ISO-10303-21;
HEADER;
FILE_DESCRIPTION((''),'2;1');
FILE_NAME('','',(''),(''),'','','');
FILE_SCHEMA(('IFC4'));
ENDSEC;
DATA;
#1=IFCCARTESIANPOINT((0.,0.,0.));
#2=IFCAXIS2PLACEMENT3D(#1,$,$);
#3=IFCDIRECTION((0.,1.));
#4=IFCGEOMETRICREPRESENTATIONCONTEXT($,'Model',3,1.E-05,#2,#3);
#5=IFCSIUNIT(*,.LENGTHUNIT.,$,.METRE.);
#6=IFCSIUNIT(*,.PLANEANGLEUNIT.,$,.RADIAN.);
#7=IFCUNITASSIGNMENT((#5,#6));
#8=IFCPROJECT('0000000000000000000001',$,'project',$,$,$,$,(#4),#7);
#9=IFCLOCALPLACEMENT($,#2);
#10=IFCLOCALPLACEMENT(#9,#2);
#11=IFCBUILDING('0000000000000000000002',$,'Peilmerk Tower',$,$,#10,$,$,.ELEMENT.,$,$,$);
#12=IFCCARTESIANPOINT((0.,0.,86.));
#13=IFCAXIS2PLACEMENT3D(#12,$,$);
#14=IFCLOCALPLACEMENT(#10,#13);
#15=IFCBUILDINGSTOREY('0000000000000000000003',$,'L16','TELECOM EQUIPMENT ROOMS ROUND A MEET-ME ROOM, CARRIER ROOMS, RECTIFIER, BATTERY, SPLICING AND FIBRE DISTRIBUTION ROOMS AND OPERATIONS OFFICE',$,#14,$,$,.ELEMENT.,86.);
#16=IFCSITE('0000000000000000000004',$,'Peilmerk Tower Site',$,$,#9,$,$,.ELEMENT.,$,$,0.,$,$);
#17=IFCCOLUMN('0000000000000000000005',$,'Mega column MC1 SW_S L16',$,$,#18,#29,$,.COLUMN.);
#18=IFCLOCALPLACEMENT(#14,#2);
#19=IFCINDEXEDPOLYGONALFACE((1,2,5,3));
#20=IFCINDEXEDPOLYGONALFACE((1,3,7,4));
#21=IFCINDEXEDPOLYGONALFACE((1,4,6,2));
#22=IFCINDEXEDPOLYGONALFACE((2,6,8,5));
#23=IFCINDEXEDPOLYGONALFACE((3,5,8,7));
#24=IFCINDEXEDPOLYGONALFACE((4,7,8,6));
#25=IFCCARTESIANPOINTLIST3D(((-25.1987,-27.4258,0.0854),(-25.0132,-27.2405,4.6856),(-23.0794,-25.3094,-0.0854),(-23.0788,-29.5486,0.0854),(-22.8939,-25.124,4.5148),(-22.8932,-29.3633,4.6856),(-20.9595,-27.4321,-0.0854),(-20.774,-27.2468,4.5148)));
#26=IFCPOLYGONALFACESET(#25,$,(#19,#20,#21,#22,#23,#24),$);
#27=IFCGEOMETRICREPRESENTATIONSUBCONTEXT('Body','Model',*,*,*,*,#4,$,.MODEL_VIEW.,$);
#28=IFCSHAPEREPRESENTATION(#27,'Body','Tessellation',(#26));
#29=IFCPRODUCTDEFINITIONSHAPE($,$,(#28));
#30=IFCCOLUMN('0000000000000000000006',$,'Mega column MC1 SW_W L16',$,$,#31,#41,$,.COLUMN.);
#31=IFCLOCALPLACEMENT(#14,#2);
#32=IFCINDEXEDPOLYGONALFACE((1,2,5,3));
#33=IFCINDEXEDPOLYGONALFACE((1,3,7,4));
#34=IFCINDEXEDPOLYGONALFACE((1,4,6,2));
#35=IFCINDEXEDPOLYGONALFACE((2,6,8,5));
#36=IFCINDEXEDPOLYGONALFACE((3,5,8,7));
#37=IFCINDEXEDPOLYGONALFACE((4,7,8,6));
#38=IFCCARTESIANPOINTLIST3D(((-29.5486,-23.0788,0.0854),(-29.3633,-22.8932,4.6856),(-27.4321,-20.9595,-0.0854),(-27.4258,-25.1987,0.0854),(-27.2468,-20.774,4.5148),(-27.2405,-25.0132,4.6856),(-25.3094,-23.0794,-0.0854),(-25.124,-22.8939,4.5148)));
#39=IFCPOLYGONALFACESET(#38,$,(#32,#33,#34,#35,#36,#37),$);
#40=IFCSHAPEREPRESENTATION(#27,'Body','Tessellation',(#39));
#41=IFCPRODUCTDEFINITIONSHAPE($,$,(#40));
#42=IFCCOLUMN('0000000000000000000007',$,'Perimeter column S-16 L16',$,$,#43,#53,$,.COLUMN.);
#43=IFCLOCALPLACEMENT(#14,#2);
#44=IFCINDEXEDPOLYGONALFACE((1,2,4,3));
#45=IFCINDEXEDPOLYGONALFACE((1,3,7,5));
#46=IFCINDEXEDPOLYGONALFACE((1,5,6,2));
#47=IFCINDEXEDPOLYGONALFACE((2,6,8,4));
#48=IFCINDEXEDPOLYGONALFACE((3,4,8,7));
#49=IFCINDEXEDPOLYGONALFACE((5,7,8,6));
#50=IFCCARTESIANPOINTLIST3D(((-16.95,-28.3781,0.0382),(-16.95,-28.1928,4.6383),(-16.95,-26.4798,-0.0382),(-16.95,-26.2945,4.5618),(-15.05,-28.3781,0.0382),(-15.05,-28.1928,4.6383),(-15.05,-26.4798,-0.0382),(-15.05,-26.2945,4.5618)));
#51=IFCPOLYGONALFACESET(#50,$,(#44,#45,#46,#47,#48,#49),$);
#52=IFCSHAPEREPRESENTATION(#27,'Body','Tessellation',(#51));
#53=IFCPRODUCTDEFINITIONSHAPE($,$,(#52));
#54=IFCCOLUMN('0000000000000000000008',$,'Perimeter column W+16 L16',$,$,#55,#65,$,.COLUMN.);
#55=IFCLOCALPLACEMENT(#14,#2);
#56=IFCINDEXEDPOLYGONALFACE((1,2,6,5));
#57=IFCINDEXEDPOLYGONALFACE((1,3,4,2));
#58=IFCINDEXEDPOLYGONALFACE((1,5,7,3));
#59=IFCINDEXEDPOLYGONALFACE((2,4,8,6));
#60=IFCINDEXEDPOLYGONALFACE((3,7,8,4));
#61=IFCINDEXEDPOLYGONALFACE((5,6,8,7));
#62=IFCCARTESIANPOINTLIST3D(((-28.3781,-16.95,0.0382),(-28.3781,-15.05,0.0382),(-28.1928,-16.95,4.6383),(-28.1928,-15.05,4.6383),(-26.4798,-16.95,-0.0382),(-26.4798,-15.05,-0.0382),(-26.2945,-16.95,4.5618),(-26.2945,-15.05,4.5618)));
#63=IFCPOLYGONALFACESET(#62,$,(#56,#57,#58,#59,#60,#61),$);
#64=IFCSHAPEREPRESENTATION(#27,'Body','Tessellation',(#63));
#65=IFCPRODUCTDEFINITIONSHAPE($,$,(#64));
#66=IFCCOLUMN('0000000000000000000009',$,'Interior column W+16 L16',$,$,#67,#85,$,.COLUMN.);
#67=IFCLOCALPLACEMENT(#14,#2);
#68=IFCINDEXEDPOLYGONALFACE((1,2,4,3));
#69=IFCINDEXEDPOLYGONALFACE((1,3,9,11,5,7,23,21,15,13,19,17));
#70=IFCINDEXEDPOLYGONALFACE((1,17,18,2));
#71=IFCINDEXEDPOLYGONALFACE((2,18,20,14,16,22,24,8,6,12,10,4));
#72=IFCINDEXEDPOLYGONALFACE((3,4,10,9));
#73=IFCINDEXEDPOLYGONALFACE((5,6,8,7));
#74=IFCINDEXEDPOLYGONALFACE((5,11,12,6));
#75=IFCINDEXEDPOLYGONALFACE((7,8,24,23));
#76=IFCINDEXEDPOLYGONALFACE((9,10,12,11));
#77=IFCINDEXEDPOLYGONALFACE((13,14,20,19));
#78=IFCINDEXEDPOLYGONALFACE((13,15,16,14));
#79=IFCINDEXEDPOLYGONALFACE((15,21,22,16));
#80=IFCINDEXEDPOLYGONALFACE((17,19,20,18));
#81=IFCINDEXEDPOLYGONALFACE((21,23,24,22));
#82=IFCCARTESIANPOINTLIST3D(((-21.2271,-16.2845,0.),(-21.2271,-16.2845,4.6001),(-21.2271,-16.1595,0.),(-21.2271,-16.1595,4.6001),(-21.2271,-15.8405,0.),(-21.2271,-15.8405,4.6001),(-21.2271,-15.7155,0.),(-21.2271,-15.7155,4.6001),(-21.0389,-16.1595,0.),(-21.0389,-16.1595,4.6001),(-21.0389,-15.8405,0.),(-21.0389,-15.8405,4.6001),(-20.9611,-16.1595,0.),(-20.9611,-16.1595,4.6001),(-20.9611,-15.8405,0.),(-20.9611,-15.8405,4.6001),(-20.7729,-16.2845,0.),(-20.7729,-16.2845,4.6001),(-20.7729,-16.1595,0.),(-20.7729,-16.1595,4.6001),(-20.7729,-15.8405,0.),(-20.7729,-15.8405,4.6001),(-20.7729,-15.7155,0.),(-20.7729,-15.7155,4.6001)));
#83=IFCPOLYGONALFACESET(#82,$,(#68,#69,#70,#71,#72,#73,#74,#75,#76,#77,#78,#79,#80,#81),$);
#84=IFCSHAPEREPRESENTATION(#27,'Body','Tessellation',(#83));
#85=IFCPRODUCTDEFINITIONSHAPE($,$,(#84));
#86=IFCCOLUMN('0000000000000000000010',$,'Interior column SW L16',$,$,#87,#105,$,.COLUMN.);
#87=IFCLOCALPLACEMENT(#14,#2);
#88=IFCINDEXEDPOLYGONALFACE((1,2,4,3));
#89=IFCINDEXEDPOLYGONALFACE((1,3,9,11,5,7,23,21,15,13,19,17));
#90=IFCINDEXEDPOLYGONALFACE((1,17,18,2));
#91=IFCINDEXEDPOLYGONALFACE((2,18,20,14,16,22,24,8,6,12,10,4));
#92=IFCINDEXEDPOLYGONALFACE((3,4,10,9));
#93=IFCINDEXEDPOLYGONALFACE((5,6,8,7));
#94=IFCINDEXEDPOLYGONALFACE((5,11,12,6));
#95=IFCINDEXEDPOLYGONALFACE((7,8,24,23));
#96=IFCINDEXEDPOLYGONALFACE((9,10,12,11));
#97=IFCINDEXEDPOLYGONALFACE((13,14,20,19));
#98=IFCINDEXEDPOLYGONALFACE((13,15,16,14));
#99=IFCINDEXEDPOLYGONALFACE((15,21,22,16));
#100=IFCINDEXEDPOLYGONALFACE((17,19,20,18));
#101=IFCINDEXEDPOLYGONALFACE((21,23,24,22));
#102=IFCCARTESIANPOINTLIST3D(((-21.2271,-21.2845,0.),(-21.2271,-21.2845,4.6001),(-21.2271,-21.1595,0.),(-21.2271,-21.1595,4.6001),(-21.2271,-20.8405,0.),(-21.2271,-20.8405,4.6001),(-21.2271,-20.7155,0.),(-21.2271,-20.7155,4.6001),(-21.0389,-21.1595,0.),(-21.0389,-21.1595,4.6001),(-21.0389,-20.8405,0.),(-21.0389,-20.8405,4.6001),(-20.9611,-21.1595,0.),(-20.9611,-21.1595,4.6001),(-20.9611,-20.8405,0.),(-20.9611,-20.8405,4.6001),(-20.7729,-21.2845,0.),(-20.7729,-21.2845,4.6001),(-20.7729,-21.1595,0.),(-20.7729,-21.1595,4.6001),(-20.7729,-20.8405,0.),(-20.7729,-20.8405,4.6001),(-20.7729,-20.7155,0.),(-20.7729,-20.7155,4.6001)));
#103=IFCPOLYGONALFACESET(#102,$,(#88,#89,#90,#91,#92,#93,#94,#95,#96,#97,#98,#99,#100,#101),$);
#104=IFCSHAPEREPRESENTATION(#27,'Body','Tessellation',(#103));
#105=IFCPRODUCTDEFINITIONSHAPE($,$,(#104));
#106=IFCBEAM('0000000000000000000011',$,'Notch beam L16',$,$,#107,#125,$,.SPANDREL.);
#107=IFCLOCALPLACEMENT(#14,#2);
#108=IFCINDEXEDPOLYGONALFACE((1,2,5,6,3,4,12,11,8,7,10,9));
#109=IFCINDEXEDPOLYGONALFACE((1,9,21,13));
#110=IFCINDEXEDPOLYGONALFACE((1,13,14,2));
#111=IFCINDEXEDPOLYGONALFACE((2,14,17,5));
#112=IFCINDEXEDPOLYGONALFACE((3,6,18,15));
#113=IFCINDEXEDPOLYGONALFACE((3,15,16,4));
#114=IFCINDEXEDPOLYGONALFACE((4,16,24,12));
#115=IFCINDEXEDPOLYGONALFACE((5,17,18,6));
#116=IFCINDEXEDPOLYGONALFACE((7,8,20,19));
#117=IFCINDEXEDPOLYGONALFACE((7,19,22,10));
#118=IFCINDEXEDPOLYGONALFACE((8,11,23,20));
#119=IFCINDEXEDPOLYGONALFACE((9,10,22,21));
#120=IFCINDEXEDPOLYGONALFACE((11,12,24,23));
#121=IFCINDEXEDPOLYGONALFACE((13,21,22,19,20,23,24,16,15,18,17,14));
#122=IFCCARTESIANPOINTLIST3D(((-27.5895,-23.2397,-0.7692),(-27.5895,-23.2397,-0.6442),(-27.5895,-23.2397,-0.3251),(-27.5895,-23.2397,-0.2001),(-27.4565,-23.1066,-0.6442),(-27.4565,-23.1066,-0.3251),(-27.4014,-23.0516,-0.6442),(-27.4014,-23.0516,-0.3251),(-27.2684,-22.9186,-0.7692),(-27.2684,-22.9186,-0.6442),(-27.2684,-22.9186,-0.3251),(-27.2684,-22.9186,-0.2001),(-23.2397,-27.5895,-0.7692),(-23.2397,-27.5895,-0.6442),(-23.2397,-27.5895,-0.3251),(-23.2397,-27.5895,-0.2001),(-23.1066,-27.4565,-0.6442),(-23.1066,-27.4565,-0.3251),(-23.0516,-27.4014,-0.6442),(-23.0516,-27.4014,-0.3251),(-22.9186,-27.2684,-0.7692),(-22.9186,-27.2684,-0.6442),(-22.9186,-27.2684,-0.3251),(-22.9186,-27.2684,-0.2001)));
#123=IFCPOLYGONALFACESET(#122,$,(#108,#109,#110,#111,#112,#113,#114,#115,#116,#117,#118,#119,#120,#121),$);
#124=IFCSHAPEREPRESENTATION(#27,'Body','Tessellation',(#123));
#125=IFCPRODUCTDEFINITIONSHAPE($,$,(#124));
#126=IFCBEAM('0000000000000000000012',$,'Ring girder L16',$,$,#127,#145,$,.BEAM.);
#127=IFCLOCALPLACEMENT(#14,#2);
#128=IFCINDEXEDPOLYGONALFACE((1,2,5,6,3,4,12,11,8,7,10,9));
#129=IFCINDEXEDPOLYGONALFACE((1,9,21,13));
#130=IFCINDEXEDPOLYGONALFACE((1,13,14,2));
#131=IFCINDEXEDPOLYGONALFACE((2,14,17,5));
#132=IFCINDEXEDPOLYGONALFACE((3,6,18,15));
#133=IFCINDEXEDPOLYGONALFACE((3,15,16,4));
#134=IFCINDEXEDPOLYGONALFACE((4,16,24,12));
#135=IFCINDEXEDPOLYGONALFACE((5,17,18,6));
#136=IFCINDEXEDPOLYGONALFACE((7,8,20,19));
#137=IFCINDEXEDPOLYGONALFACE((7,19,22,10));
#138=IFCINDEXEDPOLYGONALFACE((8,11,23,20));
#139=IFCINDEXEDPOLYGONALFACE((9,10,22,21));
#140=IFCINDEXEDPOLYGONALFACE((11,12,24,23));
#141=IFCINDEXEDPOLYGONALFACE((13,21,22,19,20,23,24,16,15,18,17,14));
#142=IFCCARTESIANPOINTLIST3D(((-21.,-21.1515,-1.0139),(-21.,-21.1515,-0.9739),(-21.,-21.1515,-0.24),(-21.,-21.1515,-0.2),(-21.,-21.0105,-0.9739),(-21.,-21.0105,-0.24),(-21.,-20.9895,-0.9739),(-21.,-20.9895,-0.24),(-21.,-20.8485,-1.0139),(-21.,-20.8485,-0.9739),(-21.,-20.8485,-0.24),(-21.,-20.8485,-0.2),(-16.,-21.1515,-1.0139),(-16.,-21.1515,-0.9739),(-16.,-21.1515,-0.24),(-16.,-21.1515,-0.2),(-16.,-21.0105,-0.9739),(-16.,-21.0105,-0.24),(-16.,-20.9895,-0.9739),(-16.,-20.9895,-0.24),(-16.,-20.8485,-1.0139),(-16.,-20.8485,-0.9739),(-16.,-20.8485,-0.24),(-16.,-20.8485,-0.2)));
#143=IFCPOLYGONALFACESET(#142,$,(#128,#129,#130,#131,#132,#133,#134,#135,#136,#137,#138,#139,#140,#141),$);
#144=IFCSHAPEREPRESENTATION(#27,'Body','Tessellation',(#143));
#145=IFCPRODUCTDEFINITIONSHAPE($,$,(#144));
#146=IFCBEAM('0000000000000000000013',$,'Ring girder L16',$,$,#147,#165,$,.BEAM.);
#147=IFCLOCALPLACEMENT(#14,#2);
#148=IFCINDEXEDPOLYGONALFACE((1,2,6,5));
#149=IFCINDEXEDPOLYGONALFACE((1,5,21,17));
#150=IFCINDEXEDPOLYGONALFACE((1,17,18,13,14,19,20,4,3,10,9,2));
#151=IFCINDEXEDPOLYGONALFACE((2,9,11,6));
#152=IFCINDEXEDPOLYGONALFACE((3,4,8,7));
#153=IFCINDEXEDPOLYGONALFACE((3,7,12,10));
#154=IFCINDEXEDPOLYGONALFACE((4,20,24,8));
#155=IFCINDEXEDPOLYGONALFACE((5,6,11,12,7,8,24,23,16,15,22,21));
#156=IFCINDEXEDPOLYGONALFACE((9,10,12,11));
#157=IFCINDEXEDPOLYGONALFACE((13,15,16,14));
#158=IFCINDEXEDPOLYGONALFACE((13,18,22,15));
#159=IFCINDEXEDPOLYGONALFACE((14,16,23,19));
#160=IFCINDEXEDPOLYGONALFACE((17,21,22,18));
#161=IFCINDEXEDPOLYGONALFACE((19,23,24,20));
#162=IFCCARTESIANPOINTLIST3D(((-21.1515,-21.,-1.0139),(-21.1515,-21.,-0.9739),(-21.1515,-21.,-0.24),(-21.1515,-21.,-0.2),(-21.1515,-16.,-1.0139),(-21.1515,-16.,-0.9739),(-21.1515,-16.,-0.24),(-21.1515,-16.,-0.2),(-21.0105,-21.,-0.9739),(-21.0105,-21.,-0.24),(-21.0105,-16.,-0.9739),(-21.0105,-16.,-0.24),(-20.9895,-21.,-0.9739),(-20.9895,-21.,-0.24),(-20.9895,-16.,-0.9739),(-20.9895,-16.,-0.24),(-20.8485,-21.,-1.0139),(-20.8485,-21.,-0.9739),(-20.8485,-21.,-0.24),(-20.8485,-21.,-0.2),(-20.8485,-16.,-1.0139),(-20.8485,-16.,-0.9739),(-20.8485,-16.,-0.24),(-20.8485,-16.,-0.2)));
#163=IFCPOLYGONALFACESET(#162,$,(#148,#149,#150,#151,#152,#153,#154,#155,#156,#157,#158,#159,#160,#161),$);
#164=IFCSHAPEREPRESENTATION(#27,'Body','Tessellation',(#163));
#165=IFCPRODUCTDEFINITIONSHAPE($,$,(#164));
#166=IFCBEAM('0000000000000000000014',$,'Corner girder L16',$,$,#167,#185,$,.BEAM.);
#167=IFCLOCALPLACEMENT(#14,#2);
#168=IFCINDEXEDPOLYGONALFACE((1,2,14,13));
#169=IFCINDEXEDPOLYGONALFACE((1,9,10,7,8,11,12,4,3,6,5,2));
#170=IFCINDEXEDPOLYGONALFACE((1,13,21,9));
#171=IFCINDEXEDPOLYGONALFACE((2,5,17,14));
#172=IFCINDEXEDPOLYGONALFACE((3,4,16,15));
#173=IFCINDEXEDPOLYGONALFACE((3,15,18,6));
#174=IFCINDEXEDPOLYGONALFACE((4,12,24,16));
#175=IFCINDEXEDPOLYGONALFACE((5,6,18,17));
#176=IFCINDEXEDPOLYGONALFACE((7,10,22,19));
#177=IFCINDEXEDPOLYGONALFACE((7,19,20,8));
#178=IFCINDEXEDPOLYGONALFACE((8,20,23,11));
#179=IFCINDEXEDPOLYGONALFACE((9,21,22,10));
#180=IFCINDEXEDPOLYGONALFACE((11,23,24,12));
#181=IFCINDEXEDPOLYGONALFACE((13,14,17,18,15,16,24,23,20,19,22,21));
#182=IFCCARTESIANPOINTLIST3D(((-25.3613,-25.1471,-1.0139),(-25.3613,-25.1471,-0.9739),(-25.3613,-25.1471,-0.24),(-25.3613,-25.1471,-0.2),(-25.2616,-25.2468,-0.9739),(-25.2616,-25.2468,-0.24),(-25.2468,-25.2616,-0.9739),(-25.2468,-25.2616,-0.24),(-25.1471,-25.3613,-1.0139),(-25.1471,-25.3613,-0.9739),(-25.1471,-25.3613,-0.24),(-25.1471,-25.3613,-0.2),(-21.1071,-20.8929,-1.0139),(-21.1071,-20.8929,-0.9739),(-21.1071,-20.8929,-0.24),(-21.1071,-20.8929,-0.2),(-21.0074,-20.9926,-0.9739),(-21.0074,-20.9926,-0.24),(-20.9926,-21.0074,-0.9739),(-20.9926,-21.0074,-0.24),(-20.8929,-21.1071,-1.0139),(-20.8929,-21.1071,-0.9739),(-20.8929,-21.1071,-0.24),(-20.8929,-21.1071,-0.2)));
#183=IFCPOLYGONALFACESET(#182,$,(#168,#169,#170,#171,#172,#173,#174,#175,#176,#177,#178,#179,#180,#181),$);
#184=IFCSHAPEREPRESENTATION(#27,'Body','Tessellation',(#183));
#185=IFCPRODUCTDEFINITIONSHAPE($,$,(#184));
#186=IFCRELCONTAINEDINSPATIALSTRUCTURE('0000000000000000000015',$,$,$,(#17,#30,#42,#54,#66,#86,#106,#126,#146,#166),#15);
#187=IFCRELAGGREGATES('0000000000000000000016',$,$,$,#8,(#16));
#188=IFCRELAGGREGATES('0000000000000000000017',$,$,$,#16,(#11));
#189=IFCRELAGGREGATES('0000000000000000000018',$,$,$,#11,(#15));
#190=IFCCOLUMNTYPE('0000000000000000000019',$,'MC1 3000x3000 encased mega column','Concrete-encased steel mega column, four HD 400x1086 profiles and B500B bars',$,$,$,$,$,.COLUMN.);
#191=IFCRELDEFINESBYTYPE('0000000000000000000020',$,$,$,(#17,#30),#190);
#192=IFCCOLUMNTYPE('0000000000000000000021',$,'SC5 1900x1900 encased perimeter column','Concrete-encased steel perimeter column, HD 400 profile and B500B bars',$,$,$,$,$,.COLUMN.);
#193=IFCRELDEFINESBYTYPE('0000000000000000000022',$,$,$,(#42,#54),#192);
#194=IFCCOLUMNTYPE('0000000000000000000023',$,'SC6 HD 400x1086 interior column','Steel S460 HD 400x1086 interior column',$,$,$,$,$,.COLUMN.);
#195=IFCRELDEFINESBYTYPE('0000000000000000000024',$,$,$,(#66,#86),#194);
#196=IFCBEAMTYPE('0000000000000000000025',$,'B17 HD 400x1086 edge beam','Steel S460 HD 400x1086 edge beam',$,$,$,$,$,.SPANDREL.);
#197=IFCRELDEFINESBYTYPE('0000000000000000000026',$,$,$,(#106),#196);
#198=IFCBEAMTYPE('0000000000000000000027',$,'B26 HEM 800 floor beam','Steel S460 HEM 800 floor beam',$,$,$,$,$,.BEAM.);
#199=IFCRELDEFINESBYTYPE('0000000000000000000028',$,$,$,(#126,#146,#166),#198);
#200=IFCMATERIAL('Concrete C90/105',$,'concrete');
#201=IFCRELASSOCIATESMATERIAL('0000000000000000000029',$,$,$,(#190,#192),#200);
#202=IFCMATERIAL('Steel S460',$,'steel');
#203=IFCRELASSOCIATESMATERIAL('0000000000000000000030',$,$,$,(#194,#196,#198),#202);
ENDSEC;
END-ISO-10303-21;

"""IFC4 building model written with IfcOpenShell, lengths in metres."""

from ifc_helpers import new_model, si_unit, direction, frame, origin, origin_2d, place, context, subcontext, project, spatial, rectangle, i_section, extrude, material, material_profile, profile_set, type_object, element, save


model = new_model("IFC4")

# Units and contexts
model_context = context("Model", 3, precision=1e-05, world=origin(), true_north=direction((0.0, 1.0)))
body_context = subcontext(model_context, "Body", "Model", "MODEL_VIEW")
ifc_project = project(units=[si_unit("LENGTHUNIT", "METRE"), si_unit("PLANEANGLEUNIT", "RADIAN")], contexts=[model_context])

# Site, building, storey
site_placement = place(None, origin())
site = spatial("IfcSite", under=ifc_project, at=site_placement, Name="Peilmerk Tower Site", CompositionType="ELEMENT", RefElevation=0.0)
building_placement = place(site_placement, origin())
building = spatial("IfcBuilding", under=site, at=building_placement, Name="Peilmerk Tower", CompositionType="ELEMENT")
storey_placement = place(building_placement, frame((0.0, 0.0, 86.0)))
storey = spatial("IfcBuildingStorey", under=building, at=storey_placement, Name="L16", Description="TELECOM EQUIPMENT ROOMS ROUND A MEET-ME ROOM, CARRIER ROOMS, RECTIFIER, BATTERY, SPLICING AND FIBRE DISTRIBUTION ROOMS AND OPERATIONS OFFICE", CompositionType="ELEMENT", Elevation=86.0)

# Columns
ifc_material_1 = material(Name="Concrete C90/105", Category="concrete")
ifc_material_profile_1 = material_profile(ifc_material_1, rectangle(XDim=3.0, YDim=3.0, at=origin_2d()), Name="RC 3000x3000")
ifc_profile_set_1 = profile_set([ifc_material_profile_1], Name="Concrete C90/105")
column_type_1 = type_object("IfcColumnType", Name="MC1 3000x3000 encased mega column", Description="Concrete-encased steel mega column, four HD 400x1086 profiles and B500B bars", PredefinedType="COLUMN", material=ifc_profile_set_1)
for number, where, z_axis, x_axis, name in (
    (1, (-23.0791, -27.429, 0.0), (0.04027, 0.040217, 0.998379), (-0.706641, 0.707572, 0.0), "Mega column MC1 SW_S L16"),
    (2, (-27.429, -23.0791, 0.0), (0.040217, 0.04027, 0.998379), (-0.707572, 0.706641, 0.0), "Mega column MC1 SW_W L16"),
):
    element("IfcColumn", number, at=place(storey_placement, frame(where, z_axis=z_axis, x_axis=x_axis)), inside=storey, type_object=column_type_1, Name=name, PredefinedType="COLUMN", context=body_context, shape_type="SweptSolid", body=[
        extrude(rectangle(XDim=3.0, YDim=3.0, at=origin_2d()), origin(), (0.0, 0.0, 1.0), 4.6077),
    ])
ifc_material_profile_2 = material_profile(ifc_material_1, rectangle(XDim=1.8999, YDim=1.8999, at=origin_2d()), Name="RC 1900x1900")
ifc_profile_set_2 = profile_set([ifc_material_profile_2], Name="Concrete C90/105")
column_type_2 = type_object("IfcColumnType", Name="SC5 1900x1900 encased perimeter column", Description="Concrete-encased steel perimeter column, HD 400 profile and B500B bars", PredefinedType="COLUMN", material=ifc_profile_set_2)
for number, where, z_axis, x_axis, name in (
    (3, (-16.0, -27.429, 0.0), (0.0, 0.04025, 0.99919), (-1.0, 0.0, 0.0), "Perimeter column S-16 L16"),
    (4, (-27.429, -16.0, 0.0), (0.04025, 0.0, 0.99919), (0.0, 1.0, 0.0), "Perimeter column W+16 L16"),
):
    element("IfcColumn", number, at=place(storey_placement, frame(where, z_axis=z_axis, x_axis=x_axis)), inside=storey, type_object=column_type_2, Name=name, PredefinedType="COLUMN", context=body_context, shape_type="SweptSolid", body=[
        extrude(rectangle(XDim=1.8999, YDim=1.8999, at=origin_2d()), origin(), (0.0, 0.0, 1.0), 4.6038),
    ])
ifc_material_2 = material(Name="Steel S460", Category="steel")
ifc_material_profile_3 = material_profile(ifc_material_2, i_section(OverallWidth=0.4541, OverallDepth=0.5691, WebThickness=0.0779, FlangeThickness=0.125, at=origin_2d()), Name="HD 400x1086")
ifc_profile_set_3 = profile_set([ifc_material_profile_3], Name="Steel S460")
column_type_3 = type_object("IfcColumnType", Name="SC6 HD 400x1086 interior column", Description="Steel S460 HD 400x1086 interior column", PredefinedType="COLUMN", material=ifc_profile_set_3)
for number, where, z_axis, x_axis, name in (
    (5, (-21.0, -16.0, 0.0), (0.0, 0.0, 1.0), (1.0, 0.0, 0.0), "Interior column W+16 L16"),
    (6, (-21.0, -21.0, 0.0), (0.0, 0.0, 1.0), (1.0, 0.0, 0.0), "Interior column SW L16"),
):
    element("IfcColumn", number, at=place(storey_placement, frame(where, z_axis=z_axis, x_axis=x_axis)), inside=storey, type_object=column_type_3, Name=name, PredefinedType="COLUMN", context=body_context, shape_type="SweptSolid", body=[
        extrude(i_section(OverallWidth=0.4541, OverallDepth=0.5691, WebThickness=0.0779, FlangeThickness=0.125, at=origin_2d()), origin(), (0.0, 0.0, 1.0), 4.6001),
    ])

# Beams
ifc_material_profile_4 = material_profile(ifc_material_2, i_section(OverallWidth=0.4541, OverallDepth=0.5691, WebThickness=0.0779, FlangeThickness=0.125, at=origin_2d()), Name="HD 400x1086")
ifc_profile_set_4 = profile_set([ifc_material_profile_4], Name="Steel S460")
beam_type_1 = type_object("IfcBeamType", Name="B17 HD 400x1086 edge beam", Description="Steel S460 HD 400x1086 edge beam", PredefinedType="SPANDREL", material=ifc_profile_set_4)
beam_1_placement = place(storey_placement, frame((-23.0791, -27.429, -0.4846), z_axis=(-0.707107, 0.707107, 0.0), x_axis=(-0.707107, -0.707107, 0.0)))
element("IfcBeam", 7, at=beam_1_placement, inside=storey, type_object=beam_type_1, Name="Notch beam L16", PredefinedType="SPANDREL", context=body_context, shape_type="SweptSolid", body=[
    extrude(i_section(OverallWidth=0.4541, OverallDepth=0.5691, WebThickness=0.0779, FlangeThickness=0.125, at=origin_2d()), origin(), (0.0, 0.0, 1.0), 6.1516),
])
ifc_material_profile_5 = material_profile(ifc_material_2, i_section(OverallWidth=0.303, OverallDepth=0.814, WebThickness=0.021, FlangeThickness=0.04, at=origin_2d()), Name="HEM 800")
ifc_profile_set_5 = profile_set([ifc_material_profile_5], Name="Steel S460")
beam_type_2 = type_object("IfcBeamType", Name="B26 HEM 800 floor beam", Description="Steel S460 HEM 800 floor beam", PredefinedType="BEAM", material=ifc_profile_set_5)
for number, where, z_axis, x_axis, name in (
    (8, (-21.0, -21.0, -0.6069), (1.0, 0.0, 0.0), (0.0, 1.0, 0.0), "Ring girder L16"),
    (9, (-21.0, -16.0, -0.6069), (0.0, -1.0, 0.0), (1.0, 0.0, 0.0), "Ring girder L16"),
):
    element("IfcBeam", number, at=place(storey_placement, frame(where, z_axis=z_axis, x_axis=x_axis)), inside=storey, type_object=beam_type_2, Name=name, PredefinedType="BEAM", context=body_context, shape_type="SweptSolid", body=[
        extrude(i_section(OverallWidth=0.303, OverallDepth=0.814, WebThickness=0.021, FlangeThickness=0.04, at=origin_2d()), origin(), (0.0, 0.0, 1.0), 5.0),
    ])
beam_2_placement = place(storey_placement, frame((-21.0, -21.0, -0.6069), z_axis=(-0.707107, -0.707107, 0.0), x_axis=(0.707107, -0.707107, 0.0)))
element("IfcBeam", 10, at=beam_2_placement, inside=storey, type_object=beam_type_2, Name="Corner girder L16", PredefinedType="BEAM", context=body_context, shape_type="SweptSolid", body=[
    extrude(i_section(OverallWidth=0.303, OverallDepth=0.814, WebThickness=0.021, FlangeThickness=0.04, at=origin_2d()), origin(), (0.0, 0.0, 1.0), 6.0164),
])

save(model, "model.ifc")
